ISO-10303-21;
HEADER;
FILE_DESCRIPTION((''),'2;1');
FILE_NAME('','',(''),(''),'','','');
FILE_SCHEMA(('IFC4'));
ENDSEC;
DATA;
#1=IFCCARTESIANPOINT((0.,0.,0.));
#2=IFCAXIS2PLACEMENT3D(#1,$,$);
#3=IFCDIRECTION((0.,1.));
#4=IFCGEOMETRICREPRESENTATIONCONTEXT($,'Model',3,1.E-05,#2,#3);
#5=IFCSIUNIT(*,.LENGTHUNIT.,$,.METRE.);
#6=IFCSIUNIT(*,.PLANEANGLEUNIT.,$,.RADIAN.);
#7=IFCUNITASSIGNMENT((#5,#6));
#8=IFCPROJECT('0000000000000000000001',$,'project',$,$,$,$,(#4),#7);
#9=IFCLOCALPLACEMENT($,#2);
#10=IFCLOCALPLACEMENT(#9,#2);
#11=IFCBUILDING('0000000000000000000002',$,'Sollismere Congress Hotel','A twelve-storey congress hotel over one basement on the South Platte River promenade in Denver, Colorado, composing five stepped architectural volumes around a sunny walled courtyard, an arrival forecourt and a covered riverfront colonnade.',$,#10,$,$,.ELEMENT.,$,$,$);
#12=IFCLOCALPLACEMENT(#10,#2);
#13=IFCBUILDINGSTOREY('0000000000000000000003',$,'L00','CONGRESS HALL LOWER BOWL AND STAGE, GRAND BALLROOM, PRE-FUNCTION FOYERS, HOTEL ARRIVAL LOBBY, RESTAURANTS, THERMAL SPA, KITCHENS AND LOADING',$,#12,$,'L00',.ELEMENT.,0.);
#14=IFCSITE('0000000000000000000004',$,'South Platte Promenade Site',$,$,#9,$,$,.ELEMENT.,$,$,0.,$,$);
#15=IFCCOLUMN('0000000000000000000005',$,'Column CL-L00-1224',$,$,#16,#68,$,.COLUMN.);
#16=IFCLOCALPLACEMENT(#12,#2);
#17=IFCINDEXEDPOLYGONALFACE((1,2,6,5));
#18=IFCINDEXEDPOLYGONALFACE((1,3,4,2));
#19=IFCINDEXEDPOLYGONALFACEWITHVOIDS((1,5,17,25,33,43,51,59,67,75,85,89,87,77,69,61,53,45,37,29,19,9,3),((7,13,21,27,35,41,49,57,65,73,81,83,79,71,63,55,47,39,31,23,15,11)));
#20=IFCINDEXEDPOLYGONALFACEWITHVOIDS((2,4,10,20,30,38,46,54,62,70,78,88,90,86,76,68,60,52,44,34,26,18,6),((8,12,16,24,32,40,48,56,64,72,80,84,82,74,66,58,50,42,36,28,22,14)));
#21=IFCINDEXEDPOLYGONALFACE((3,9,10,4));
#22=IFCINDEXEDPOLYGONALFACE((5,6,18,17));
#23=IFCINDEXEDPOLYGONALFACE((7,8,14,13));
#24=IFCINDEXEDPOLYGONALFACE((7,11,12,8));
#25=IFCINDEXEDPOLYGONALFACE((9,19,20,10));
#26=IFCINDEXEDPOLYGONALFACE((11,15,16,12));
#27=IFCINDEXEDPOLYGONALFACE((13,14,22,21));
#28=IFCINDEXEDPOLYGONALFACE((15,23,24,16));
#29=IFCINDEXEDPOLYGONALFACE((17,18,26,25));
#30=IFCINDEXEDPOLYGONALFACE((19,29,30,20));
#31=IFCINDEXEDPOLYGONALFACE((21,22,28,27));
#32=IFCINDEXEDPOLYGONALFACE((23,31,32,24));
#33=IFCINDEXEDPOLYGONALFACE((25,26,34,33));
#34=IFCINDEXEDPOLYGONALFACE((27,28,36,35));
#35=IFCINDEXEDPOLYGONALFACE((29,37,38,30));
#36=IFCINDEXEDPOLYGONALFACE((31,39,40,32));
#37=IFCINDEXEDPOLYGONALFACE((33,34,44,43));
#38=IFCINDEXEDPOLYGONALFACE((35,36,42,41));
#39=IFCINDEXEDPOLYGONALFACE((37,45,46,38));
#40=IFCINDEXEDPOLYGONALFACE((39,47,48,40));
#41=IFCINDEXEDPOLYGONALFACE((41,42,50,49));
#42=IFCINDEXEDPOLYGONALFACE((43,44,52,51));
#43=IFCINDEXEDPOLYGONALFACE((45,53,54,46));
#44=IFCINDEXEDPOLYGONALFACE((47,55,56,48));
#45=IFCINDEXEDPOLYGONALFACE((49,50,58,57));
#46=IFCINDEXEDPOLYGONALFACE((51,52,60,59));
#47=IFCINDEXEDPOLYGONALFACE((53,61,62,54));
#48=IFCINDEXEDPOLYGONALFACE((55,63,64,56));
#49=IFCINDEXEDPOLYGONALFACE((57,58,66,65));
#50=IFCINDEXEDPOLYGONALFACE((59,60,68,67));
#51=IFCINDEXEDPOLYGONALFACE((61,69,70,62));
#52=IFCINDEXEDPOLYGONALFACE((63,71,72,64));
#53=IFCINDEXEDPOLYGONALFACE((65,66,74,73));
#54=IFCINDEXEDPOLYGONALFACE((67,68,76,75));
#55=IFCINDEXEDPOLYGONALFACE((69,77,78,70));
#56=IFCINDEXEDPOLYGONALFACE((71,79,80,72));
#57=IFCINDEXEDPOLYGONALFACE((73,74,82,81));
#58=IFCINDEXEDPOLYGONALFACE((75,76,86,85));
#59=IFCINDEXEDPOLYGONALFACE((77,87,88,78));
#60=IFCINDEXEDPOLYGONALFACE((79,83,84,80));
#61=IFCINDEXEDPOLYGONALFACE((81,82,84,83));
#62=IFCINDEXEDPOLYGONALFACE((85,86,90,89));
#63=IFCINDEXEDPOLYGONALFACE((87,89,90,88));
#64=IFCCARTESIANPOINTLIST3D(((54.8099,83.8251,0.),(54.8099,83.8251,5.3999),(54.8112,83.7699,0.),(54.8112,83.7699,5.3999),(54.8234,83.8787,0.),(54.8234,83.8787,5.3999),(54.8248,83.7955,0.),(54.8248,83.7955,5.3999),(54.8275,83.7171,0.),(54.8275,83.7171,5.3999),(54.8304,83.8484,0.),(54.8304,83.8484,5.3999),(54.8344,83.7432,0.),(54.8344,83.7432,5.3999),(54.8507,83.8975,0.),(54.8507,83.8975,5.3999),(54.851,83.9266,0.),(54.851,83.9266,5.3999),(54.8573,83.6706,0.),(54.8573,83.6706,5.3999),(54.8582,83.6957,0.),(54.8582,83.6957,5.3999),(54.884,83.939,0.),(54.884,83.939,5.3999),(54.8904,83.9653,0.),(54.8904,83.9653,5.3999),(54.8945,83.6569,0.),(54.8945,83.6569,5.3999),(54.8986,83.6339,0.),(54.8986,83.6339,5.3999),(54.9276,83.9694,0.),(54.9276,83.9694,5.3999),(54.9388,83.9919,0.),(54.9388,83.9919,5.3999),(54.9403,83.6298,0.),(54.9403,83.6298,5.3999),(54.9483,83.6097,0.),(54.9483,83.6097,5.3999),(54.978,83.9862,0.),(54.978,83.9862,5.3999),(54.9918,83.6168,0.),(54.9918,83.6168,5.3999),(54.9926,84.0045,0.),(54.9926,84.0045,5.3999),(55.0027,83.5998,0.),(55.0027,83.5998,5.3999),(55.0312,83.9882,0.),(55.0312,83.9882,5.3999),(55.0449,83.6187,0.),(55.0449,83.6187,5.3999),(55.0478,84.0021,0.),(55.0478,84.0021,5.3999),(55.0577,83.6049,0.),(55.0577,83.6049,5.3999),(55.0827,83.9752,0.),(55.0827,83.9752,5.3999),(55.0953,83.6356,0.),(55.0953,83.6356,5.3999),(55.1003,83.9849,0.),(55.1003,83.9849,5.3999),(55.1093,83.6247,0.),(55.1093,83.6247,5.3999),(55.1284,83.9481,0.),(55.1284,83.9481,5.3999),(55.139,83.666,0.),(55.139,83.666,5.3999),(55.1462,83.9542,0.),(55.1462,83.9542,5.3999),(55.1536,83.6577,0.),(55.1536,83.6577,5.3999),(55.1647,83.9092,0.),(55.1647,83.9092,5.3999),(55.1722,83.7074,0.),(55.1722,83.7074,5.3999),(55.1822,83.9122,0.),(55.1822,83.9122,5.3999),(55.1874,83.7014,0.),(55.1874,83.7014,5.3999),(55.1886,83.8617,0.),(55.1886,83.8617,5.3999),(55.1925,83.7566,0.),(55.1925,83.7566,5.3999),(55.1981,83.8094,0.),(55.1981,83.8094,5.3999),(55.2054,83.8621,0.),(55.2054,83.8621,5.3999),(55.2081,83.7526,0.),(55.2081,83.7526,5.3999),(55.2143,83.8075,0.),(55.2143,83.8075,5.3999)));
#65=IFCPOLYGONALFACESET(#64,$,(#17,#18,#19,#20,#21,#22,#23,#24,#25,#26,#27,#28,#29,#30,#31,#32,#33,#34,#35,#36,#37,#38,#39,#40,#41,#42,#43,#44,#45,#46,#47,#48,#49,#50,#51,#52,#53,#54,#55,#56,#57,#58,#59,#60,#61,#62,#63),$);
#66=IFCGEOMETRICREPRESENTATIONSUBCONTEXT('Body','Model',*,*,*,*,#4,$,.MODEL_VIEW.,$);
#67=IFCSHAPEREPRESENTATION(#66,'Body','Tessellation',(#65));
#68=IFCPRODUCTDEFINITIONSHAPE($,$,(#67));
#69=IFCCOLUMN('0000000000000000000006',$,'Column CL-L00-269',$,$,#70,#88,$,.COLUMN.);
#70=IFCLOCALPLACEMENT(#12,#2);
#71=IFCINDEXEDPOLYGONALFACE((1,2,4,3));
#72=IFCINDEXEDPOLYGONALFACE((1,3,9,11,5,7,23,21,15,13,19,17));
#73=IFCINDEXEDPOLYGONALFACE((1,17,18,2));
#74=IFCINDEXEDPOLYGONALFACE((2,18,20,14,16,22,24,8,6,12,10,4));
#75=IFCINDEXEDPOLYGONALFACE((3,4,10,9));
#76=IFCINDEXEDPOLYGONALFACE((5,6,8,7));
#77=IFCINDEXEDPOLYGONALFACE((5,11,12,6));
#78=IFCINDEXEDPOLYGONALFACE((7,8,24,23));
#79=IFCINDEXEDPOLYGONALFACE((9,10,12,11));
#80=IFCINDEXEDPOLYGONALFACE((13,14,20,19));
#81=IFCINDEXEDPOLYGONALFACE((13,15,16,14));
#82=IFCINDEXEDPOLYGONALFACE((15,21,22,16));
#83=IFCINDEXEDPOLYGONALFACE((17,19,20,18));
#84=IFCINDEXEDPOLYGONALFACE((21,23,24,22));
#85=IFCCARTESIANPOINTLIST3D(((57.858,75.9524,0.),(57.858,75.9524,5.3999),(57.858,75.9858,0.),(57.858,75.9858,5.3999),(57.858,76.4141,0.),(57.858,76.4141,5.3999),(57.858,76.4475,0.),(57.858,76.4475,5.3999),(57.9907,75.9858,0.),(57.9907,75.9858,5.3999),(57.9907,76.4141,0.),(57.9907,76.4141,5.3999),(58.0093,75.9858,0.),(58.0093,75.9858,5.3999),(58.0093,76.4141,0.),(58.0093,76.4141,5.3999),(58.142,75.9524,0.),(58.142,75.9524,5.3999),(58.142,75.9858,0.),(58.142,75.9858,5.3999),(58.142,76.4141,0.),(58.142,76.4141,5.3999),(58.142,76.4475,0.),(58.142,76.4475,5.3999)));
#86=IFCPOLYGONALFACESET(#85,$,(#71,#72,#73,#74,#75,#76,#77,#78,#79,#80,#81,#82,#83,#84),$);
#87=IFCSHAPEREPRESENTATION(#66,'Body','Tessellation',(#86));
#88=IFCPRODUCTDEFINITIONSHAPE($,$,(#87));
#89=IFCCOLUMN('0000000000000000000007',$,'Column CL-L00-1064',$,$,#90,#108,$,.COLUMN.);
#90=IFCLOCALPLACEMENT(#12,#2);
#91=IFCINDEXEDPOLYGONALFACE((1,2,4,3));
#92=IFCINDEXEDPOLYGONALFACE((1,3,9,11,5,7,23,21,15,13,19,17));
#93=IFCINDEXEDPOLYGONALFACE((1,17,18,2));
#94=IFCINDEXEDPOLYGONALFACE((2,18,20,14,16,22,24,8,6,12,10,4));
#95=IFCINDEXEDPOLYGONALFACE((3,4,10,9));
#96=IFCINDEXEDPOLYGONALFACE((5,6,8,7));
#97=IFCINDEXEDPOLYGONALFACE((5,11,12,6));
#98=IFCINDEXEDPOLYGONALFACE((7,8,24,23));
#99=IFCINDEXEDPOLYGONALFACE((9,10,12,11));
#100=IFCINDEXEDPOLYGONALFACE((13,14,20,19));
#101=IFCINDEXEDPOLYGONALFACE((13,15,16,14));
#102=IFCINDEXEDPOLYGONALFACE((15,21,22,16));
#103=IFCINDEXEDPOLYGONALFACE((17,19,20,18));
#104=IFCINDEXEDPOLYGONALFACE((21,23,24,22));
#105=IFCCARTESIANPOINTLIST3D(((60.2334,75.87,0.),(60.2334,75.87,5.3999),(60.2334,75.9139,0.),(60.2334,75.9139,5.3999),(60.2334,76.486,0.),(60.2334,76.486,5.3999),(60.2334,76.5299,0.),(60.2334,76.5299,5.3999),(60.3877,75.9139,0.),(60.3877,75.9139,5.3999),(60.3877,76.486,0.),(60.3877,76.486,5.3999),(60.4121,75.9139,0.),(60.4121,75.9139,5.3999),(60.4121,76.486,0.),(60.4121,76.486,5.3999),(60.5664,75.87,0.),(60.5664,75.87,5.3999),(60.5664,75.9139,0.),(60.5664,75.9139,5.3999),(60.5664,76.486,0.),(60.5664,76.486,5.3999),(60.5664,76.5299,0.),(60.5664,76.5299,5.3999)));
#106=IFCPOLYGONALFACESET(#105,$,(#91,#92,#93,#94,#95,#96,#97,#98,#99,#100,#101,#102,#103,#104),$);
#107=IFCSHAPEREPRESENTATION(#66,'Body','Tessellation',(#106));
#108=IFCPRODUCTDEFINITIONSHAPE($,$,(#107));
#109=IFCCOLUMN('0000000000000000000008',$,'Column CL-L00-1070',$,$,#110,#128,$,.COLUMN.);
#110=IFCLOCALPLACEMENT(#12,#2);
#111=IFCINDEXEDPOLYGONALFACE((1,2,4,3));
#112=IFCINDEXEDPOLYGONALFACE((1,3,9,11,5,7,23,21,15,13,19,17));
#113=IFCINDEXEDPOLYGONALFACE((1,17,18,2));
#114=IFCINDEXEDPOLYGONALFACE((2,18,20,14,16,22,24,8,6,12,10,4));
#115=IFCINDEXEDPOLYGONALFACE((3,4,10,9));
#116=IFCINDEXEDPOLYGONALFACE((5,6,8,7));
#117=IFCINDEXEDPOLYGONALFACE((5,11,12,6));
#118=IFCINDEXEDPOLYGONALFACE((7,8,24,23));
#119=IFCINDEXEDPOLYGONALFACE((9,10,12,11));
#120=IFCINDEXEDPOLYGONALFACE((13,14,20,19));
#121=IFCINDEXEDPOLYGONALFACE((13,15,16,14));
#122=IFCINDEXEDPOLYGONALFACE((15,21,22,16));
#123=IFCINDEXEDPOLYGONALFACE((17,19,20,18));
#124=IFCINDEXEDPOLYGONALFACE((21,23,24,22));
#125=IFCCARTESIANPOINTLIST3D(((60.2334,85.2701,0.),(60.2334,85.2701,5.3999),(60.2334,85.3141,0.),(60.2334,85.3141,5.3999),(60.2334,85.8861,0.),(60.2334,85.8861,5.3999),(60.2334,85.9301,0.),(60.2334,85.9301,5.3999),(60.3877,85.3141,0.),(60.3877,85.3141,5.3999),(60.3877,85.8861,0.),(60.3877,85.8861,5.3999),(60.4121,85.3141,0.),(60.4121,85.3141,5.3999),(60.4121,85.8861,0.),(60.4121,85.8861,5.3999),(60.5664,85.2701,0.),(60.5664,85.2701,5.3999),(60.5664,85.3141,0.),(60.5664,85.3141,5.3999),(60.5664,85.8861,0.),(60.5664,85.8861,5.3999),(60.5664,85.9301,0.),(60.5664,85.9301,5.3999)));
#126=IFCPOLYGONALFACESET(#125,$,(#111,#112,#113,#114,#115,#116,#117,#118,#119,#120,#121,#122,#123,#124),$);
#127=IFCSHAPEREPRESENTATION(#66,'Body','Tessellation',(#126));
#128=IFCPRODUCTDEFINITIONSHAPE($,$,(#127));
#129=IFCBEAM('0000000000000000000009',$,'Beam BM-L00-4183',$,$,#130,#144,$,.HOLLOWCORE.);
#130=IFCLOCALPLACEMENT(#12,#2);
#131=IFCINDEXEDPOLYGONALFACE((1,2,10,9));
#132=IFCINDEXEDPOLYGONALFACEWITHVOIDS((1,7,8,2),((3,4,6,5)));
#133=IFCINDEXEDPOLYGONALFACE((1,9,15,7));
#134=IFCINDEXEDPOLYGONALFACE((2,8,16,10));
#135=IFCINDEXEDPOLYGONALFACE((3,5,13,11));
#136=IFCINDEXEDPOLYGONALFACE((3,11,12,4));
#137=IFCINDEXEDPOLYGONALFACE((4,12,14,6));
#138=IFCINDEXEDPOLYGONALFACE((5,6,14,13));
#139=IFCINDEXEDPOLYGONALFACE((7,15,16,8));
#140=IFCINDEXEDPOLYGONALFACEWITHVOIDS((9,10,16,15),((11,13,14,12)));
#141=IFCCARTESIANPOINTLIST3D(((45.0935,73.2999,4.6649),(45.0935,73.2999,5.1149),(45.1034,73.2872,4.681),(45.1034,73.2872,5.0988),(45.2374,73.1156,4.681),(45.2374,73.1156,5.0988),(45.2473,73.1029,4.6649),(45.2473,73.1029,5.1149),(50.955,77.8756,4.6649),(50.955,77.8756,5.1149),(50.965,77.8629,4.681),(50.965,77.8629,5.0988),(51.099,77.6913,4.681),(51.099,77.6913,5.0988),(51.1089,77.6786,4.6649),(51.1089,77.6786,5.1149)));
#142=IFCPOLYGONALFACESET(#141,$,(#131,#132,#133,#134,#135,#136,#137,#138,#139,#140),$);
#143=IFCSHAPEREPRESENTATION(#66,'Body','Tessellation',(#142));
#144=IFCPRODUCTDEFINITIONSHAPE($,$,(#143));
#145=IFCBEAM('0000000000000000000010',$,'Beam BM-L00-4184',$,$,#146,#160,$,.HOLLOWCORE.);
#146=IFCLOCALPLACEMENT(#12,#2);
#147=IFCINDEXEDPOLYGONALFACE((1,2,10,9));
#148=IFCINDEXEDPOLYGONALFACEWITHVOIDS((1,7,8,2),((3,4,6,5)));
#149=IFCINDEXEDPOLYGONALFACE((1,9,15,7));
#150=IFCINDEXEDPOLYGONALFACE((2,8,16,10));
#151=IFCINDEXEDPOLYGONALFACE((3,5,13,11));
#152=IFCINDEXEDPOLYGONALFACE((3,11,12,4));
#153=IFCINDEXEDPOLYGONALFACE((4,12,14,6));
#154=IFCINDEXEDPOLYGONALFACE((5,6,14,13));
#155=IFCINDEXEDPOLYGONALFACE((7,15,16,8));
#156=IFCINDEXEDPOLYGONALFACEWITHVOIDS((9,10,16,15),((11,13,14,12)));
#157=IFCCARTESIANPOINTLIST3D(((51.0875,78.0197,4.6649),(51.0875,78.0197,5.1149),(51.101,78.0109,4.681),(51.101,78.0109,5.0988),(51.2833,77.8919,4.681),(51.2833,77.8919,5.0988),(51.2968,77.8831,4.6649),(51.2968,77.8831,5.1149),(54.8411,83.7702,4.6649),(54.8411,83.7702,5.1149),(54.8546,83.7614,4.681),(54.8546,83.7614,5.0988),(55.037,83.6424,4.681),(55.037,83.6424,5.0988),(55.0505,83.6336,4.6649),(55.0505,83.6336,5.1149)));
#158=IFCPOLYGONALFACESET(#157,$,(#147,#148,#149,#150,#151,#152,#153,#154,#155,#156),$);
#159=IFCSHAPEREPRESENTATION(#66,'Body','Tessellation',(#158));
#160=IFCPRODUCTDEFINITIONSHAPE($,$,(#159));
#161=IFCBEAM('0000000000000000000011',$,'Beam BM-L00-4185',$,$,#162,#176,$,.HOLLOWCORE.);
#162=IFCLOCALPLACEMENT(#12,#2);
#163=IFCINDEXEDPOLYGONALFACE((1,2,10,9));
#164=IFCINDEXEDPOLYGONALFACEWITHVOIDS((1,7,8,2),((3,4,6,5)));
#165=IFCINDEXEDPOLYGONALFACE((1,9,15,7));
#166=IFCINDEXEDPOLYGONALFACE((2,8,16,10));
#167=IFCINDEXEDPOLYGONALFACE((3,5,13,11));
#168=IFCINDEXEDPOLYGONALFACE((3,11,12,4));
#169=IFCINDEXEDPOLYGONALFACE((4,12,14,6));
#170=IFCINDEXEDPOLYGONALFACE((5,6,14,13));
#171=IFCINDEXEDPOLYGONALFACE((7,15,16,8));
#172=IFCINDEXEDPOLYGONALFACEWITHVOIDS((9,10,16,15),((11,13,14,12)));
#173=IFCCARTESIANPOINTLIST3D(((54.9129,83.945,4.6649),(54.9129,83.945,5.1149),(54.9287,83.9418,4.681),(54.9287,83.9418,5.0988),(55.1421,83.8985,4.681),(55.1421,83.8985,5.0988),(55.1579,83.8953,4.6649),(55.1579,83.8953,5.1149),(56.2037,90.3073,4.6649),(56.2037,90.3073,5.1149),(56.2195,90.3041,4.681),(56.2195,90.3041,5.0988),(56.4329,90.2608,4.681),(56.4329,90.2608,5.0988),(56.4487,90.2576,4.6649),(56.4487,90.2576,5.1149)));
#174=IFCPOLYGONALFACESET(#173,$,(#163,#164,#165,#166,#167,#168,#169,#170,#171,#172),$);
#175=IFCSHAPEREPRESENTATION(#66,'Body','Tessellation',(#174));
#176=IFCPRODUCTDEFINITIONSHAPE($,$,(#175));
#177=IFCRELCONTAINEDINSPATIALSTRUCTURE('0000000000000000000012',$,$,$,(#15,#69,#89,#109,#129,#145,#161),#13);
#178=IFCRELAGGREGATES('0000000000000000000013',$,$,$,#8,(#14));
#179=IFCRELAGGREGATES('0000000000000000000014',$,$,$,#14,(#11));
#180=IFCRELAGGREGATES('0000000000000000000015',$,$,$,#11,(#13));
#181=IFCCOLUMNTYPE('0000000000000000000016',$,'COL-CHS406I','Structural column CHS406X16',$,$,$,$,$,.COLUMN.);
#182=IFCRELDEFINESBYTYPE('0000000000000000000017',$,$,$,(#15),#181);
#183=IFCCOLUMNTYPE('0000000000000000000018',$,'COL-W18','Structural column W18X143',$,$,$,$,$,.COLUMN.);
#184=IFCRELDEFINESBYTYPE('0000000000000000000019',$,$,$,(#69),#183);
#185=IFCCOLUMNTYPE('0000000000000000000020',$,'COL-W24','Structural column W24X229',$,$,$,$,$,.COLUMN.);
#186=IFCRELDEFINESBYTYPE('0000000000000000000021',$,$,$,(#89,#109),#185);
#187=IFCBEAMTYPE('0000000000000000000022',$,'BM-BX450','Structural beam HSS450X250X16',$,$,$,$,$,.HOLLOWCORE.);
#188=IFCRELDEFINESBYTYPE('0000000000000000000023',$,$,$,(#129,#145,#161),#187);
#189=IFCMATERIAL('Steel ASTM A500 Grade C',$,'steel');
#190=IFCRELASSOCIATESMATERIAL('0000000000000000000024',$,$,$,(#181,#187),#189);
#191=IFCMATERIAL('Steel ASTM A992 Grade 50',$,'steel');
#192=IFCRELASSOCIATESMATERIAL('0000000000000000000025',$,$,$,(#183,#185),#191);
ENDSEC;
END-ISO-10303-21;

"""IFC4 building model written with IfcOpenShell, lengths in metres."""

from ifc_helpers import new_model, si_unit, direction, frame, origin, origin_2d, place, context, subcontext, project, spatial, hollow_rectangle, hollow_circle, i_section, extrude, material, material_profile, profile_set, type_object, element, save


model = new_model("IFC4")

# Units and contexts
model_context = context("Model", 3, precision=1e-05, world=origin(), true_north=direction((0.0, 1.0)))
body_context = subcontext(model_context, "Body", "Model", "MODEL_VIEW")
ifc_project = project(units=[si_unit("LENGTHUNIT", "METRE"), si_unit("PLANEANGLEUNIT", "RADIAN")], contexts=[model_context])

# Site, building, storey
site_placement = place(None, origin())
site = spatial("IfcSite", under=ifc_project, at=site_placement, Name="South Platte Promenade Site", CompositionType="ELEMENT", RefElevation=0.0)
building_placement = place(site_placement, origin())
building = spatial("IfcBuilding", under=site, at=building_placement, Name="Sollismere Congress Hotel", Description="A twelve-storey congress hotel over one basement on the South Platte River promenade in Denver, Colorado, composing five stepped architectural volumes around a sunny walled courtyard, an arrival forecourt and a covered riverfront colonnade.", CompositionType="ELEMENT")
storey_placement = place(building_placement, origin())
storey = spatial("IfcBuildingStorey", under=building, at=storey_placement, Name="L00", Description="CONGRESS HALL LOWER BOWL AND STAGE, GRAND BALLROOM, PRE-FUNCTION FOYERS, HOTEL ARRIVAL LOBBY, RESTAURANTS, THERMAL SPA, KITCHENS AND LOADING", LongName="L00", CompositionType="ELEMENT", Elevation=0.0)

# Columns
ifc_material_1 = material(Name="Steel ASTM A500 Grade C", Category="steel")
ifc_material_profile_1 = material_profile(ifc_material_1, hollow_circle(Radius=0.2029, WallThickness=0.0161, at=origin_2d()), Name="CHS406X16")
ifc_profile_set_1 = profile_set([ifc_material_profile_1], Name="Steel ASTM A500 Grade C")
column_type_1 = type_object("IfcColumnType", Name="COL-CHS406I", Description="Structural column CHS406X16", PredefinedType="COLUMN", material=ifc_profile_set_1)
for number, where, z_axis, x_axis, name in (
    (1, (55.0115, 83.8025, 0.0), (0.0, 0.0, 1.0), (0.969317, -0.245815, 0.0), "Column CL-L00-1224"),
):
    element("IfcColumn", number, at=place(storey_placement, frame(where, z_axis=z_axis, x_axis=x_axis)), inside=storey, type_object=column_type_1, Name=name, PredefinedType="COLUMN", context=body_context, shape_type="SweptSolid", body=[
        extrude(hollow_circle(Radius=0.2029, WallThickness=0.0161, at=origin_2d()), origin(), (0.0, 0.0, 1.0), 5.3999),
    ])
ifc_material_2 = material(Name="Steel ASTM A992 Grade 50", Category="steel")
ifc_material_profile_2 = material_profile(ifc_material_2, i_section(OverallWidth=0.2839, OverallDepth=0.4951, WebThickness=0.0186, FlangeThickness=0.0334, at=origin_2d()), Name="W18X143")
ifc_profile_set_2 = profile_set([ifc_material_profile_2], Name="Steel ASTM A992 Grade 50")
column_type_2 = type_object("IfcColumnType", Name="COL-W18", Description="Structural column W18X143", PredefinedType="COLUMN", material=ifc_profile_set_2)
column_placement = place(storey_placement, frame((58.0, 76.2, 0.0), z_axis=(0.0, 0.0, 1.0), x_axis=(1.0, 0.0, 0.0)))
element("IfcColumn", 2, at=column_placement, inside=storey, type_object=column_type_2, Name="Column CL-L00-269", PredefinedType="COLUMN", context=body_context, shape_type="SweptSolid", body=[
    extrude(i_section(OverallWidth=0.2839, OverallDepth=0.4951, WebThickness=0.0186, FlangeThickness=0.0334, at=origin_2d()), origin(), (0.0, 0.0, 1.0), 5.3999),
])
ifc_material_profile_3 = material_profile(ifc_material_2, i_section(OverallWidth=0.333, OverallDepth=0.6599, WebThickness=0.0244, FlangeThickness=0.0439, at=origin_2d()), Name="W24X229")
ifc_profile_set_3 = profile_set([ifc_material_profile_3], Name="Steel ASTM A992 Grade 50")
column_type_3 = type_object("IfcColumnType", Name="COL-W24", Description="Structural column W24X229", PredefinedType="COLUMN", material=ifc_profile_set_3)
for number, where, z_axis, x_axis, name in (
    (3, (60.3999, 76.2, 0.0), (0.0, 0.0, 1.0), (1.0, 0.0, 0.0), "Column CL-L00-1064"),
    (4, (60.3999, 85.6001, 0.0), (0.0, 0.0, 1.0), (1.0, 0.0, 0.0), "Column CL-L00-1070"),
):
    element("IfcColumn", number, at=place(storey_placement, frame(where, z_axis=z_axis, x_axis=x_axis)), inside=storey, type_object=column_type_3, Name=name, PredefinedType="COLUMN", context=body_context, shape_type="SweptSolid", body=[
        extrude(i_section(OverallWidth=0.333, OverallDepth=0.6599, WebThickness=0.0244, FlangeThickness=0.0439, at=origin_2d()), origin(), (0.0, 0.0, 1.0), 5.3999),
    ])

# Beams
ifc_material_profile_4 = material_profile(ifc_material_1, hollow_rectangle(XDim=0.25, YDim=0.45, WallThickness=0.0161, at=origin_2d()), Name="HSS450X250X16")
ifc_profile_set_4 = profile_set([ifc_material_profile_4], Name="Steel ASTM A500 Grade C")
beam_type_1 = type_object("IfcBeamType", Name="BM-BX450", Description="Structural beam HSS450X250X16", PredefinedType="HOLLOWCORE", material=ifc_profile_set_4)
beam_1_placement = place(storey_placement, frame((45.1704, 73.2014, 4.8899), z_axis=(0.788264, 0.615338, 0.0), x_axis=(-0.615338, 0.788264, 0.0)))
element("IfcBeam", 5, at=beam_1_placement, inside=storey, type_object=beam_type_1, Name="Beam BM-L00-4183", PredefinedType="HOLLOWCORE", context=body_context, shape_type="SweptSolid", body=[
    extrude(hollow_rectangle(XDim=0.25, YDim=0.45, WallThickness=0.0161, at=origin_2d()), origin(), (0.0, 0.0, 1.0), 7.436),
])
beam_2_placement = place(storey_placement, frame((51.1921, 77.9514, 4.8899), z_axis=(0.546609, 0.837388, 0.0), x_axis=(-0.837388, 0.546609, 0.0)))
element("IfcBeam", 6, at=beam_2_placement, inside=storey, type_object=beam_type_1, Name="Beam BM-L00-4184", PredefinedType="HOLLOWCORE", context=body_context, shape_type="SweptSolid", body=[
    extrude(hollow_rectangle(XDim=0.25, YDim=0.45, WallThickness=0.0161, at=origin_2d()), origin(), (0.0, 0.0, 1.0), 6.8672),
])
beam_3_placement = place(storey_placement, frame((55.0354, 83.9202, 4.8899), z_axis=(0.198827, 0.980035, 0.0), x_axis=(-0.980035, 0.198827, 0.0)))
element("IfcBeam", 7, at=beam_3_placement, inside=storey, type_object=beam_type_1, Name="Beam BM-L00-4185", PredefinedType="HOLLOWCORE", context=body_context, shape_type="SweptSolid", body=[
    extrude(hollow_rectangle(XDim=0.25, YDim=0.45, WallThickness=0.0161, at=origin_2d()), origin(), (0.0, 0.0, 1.0), 6.4919),
])

save(model, "model.ifc")
